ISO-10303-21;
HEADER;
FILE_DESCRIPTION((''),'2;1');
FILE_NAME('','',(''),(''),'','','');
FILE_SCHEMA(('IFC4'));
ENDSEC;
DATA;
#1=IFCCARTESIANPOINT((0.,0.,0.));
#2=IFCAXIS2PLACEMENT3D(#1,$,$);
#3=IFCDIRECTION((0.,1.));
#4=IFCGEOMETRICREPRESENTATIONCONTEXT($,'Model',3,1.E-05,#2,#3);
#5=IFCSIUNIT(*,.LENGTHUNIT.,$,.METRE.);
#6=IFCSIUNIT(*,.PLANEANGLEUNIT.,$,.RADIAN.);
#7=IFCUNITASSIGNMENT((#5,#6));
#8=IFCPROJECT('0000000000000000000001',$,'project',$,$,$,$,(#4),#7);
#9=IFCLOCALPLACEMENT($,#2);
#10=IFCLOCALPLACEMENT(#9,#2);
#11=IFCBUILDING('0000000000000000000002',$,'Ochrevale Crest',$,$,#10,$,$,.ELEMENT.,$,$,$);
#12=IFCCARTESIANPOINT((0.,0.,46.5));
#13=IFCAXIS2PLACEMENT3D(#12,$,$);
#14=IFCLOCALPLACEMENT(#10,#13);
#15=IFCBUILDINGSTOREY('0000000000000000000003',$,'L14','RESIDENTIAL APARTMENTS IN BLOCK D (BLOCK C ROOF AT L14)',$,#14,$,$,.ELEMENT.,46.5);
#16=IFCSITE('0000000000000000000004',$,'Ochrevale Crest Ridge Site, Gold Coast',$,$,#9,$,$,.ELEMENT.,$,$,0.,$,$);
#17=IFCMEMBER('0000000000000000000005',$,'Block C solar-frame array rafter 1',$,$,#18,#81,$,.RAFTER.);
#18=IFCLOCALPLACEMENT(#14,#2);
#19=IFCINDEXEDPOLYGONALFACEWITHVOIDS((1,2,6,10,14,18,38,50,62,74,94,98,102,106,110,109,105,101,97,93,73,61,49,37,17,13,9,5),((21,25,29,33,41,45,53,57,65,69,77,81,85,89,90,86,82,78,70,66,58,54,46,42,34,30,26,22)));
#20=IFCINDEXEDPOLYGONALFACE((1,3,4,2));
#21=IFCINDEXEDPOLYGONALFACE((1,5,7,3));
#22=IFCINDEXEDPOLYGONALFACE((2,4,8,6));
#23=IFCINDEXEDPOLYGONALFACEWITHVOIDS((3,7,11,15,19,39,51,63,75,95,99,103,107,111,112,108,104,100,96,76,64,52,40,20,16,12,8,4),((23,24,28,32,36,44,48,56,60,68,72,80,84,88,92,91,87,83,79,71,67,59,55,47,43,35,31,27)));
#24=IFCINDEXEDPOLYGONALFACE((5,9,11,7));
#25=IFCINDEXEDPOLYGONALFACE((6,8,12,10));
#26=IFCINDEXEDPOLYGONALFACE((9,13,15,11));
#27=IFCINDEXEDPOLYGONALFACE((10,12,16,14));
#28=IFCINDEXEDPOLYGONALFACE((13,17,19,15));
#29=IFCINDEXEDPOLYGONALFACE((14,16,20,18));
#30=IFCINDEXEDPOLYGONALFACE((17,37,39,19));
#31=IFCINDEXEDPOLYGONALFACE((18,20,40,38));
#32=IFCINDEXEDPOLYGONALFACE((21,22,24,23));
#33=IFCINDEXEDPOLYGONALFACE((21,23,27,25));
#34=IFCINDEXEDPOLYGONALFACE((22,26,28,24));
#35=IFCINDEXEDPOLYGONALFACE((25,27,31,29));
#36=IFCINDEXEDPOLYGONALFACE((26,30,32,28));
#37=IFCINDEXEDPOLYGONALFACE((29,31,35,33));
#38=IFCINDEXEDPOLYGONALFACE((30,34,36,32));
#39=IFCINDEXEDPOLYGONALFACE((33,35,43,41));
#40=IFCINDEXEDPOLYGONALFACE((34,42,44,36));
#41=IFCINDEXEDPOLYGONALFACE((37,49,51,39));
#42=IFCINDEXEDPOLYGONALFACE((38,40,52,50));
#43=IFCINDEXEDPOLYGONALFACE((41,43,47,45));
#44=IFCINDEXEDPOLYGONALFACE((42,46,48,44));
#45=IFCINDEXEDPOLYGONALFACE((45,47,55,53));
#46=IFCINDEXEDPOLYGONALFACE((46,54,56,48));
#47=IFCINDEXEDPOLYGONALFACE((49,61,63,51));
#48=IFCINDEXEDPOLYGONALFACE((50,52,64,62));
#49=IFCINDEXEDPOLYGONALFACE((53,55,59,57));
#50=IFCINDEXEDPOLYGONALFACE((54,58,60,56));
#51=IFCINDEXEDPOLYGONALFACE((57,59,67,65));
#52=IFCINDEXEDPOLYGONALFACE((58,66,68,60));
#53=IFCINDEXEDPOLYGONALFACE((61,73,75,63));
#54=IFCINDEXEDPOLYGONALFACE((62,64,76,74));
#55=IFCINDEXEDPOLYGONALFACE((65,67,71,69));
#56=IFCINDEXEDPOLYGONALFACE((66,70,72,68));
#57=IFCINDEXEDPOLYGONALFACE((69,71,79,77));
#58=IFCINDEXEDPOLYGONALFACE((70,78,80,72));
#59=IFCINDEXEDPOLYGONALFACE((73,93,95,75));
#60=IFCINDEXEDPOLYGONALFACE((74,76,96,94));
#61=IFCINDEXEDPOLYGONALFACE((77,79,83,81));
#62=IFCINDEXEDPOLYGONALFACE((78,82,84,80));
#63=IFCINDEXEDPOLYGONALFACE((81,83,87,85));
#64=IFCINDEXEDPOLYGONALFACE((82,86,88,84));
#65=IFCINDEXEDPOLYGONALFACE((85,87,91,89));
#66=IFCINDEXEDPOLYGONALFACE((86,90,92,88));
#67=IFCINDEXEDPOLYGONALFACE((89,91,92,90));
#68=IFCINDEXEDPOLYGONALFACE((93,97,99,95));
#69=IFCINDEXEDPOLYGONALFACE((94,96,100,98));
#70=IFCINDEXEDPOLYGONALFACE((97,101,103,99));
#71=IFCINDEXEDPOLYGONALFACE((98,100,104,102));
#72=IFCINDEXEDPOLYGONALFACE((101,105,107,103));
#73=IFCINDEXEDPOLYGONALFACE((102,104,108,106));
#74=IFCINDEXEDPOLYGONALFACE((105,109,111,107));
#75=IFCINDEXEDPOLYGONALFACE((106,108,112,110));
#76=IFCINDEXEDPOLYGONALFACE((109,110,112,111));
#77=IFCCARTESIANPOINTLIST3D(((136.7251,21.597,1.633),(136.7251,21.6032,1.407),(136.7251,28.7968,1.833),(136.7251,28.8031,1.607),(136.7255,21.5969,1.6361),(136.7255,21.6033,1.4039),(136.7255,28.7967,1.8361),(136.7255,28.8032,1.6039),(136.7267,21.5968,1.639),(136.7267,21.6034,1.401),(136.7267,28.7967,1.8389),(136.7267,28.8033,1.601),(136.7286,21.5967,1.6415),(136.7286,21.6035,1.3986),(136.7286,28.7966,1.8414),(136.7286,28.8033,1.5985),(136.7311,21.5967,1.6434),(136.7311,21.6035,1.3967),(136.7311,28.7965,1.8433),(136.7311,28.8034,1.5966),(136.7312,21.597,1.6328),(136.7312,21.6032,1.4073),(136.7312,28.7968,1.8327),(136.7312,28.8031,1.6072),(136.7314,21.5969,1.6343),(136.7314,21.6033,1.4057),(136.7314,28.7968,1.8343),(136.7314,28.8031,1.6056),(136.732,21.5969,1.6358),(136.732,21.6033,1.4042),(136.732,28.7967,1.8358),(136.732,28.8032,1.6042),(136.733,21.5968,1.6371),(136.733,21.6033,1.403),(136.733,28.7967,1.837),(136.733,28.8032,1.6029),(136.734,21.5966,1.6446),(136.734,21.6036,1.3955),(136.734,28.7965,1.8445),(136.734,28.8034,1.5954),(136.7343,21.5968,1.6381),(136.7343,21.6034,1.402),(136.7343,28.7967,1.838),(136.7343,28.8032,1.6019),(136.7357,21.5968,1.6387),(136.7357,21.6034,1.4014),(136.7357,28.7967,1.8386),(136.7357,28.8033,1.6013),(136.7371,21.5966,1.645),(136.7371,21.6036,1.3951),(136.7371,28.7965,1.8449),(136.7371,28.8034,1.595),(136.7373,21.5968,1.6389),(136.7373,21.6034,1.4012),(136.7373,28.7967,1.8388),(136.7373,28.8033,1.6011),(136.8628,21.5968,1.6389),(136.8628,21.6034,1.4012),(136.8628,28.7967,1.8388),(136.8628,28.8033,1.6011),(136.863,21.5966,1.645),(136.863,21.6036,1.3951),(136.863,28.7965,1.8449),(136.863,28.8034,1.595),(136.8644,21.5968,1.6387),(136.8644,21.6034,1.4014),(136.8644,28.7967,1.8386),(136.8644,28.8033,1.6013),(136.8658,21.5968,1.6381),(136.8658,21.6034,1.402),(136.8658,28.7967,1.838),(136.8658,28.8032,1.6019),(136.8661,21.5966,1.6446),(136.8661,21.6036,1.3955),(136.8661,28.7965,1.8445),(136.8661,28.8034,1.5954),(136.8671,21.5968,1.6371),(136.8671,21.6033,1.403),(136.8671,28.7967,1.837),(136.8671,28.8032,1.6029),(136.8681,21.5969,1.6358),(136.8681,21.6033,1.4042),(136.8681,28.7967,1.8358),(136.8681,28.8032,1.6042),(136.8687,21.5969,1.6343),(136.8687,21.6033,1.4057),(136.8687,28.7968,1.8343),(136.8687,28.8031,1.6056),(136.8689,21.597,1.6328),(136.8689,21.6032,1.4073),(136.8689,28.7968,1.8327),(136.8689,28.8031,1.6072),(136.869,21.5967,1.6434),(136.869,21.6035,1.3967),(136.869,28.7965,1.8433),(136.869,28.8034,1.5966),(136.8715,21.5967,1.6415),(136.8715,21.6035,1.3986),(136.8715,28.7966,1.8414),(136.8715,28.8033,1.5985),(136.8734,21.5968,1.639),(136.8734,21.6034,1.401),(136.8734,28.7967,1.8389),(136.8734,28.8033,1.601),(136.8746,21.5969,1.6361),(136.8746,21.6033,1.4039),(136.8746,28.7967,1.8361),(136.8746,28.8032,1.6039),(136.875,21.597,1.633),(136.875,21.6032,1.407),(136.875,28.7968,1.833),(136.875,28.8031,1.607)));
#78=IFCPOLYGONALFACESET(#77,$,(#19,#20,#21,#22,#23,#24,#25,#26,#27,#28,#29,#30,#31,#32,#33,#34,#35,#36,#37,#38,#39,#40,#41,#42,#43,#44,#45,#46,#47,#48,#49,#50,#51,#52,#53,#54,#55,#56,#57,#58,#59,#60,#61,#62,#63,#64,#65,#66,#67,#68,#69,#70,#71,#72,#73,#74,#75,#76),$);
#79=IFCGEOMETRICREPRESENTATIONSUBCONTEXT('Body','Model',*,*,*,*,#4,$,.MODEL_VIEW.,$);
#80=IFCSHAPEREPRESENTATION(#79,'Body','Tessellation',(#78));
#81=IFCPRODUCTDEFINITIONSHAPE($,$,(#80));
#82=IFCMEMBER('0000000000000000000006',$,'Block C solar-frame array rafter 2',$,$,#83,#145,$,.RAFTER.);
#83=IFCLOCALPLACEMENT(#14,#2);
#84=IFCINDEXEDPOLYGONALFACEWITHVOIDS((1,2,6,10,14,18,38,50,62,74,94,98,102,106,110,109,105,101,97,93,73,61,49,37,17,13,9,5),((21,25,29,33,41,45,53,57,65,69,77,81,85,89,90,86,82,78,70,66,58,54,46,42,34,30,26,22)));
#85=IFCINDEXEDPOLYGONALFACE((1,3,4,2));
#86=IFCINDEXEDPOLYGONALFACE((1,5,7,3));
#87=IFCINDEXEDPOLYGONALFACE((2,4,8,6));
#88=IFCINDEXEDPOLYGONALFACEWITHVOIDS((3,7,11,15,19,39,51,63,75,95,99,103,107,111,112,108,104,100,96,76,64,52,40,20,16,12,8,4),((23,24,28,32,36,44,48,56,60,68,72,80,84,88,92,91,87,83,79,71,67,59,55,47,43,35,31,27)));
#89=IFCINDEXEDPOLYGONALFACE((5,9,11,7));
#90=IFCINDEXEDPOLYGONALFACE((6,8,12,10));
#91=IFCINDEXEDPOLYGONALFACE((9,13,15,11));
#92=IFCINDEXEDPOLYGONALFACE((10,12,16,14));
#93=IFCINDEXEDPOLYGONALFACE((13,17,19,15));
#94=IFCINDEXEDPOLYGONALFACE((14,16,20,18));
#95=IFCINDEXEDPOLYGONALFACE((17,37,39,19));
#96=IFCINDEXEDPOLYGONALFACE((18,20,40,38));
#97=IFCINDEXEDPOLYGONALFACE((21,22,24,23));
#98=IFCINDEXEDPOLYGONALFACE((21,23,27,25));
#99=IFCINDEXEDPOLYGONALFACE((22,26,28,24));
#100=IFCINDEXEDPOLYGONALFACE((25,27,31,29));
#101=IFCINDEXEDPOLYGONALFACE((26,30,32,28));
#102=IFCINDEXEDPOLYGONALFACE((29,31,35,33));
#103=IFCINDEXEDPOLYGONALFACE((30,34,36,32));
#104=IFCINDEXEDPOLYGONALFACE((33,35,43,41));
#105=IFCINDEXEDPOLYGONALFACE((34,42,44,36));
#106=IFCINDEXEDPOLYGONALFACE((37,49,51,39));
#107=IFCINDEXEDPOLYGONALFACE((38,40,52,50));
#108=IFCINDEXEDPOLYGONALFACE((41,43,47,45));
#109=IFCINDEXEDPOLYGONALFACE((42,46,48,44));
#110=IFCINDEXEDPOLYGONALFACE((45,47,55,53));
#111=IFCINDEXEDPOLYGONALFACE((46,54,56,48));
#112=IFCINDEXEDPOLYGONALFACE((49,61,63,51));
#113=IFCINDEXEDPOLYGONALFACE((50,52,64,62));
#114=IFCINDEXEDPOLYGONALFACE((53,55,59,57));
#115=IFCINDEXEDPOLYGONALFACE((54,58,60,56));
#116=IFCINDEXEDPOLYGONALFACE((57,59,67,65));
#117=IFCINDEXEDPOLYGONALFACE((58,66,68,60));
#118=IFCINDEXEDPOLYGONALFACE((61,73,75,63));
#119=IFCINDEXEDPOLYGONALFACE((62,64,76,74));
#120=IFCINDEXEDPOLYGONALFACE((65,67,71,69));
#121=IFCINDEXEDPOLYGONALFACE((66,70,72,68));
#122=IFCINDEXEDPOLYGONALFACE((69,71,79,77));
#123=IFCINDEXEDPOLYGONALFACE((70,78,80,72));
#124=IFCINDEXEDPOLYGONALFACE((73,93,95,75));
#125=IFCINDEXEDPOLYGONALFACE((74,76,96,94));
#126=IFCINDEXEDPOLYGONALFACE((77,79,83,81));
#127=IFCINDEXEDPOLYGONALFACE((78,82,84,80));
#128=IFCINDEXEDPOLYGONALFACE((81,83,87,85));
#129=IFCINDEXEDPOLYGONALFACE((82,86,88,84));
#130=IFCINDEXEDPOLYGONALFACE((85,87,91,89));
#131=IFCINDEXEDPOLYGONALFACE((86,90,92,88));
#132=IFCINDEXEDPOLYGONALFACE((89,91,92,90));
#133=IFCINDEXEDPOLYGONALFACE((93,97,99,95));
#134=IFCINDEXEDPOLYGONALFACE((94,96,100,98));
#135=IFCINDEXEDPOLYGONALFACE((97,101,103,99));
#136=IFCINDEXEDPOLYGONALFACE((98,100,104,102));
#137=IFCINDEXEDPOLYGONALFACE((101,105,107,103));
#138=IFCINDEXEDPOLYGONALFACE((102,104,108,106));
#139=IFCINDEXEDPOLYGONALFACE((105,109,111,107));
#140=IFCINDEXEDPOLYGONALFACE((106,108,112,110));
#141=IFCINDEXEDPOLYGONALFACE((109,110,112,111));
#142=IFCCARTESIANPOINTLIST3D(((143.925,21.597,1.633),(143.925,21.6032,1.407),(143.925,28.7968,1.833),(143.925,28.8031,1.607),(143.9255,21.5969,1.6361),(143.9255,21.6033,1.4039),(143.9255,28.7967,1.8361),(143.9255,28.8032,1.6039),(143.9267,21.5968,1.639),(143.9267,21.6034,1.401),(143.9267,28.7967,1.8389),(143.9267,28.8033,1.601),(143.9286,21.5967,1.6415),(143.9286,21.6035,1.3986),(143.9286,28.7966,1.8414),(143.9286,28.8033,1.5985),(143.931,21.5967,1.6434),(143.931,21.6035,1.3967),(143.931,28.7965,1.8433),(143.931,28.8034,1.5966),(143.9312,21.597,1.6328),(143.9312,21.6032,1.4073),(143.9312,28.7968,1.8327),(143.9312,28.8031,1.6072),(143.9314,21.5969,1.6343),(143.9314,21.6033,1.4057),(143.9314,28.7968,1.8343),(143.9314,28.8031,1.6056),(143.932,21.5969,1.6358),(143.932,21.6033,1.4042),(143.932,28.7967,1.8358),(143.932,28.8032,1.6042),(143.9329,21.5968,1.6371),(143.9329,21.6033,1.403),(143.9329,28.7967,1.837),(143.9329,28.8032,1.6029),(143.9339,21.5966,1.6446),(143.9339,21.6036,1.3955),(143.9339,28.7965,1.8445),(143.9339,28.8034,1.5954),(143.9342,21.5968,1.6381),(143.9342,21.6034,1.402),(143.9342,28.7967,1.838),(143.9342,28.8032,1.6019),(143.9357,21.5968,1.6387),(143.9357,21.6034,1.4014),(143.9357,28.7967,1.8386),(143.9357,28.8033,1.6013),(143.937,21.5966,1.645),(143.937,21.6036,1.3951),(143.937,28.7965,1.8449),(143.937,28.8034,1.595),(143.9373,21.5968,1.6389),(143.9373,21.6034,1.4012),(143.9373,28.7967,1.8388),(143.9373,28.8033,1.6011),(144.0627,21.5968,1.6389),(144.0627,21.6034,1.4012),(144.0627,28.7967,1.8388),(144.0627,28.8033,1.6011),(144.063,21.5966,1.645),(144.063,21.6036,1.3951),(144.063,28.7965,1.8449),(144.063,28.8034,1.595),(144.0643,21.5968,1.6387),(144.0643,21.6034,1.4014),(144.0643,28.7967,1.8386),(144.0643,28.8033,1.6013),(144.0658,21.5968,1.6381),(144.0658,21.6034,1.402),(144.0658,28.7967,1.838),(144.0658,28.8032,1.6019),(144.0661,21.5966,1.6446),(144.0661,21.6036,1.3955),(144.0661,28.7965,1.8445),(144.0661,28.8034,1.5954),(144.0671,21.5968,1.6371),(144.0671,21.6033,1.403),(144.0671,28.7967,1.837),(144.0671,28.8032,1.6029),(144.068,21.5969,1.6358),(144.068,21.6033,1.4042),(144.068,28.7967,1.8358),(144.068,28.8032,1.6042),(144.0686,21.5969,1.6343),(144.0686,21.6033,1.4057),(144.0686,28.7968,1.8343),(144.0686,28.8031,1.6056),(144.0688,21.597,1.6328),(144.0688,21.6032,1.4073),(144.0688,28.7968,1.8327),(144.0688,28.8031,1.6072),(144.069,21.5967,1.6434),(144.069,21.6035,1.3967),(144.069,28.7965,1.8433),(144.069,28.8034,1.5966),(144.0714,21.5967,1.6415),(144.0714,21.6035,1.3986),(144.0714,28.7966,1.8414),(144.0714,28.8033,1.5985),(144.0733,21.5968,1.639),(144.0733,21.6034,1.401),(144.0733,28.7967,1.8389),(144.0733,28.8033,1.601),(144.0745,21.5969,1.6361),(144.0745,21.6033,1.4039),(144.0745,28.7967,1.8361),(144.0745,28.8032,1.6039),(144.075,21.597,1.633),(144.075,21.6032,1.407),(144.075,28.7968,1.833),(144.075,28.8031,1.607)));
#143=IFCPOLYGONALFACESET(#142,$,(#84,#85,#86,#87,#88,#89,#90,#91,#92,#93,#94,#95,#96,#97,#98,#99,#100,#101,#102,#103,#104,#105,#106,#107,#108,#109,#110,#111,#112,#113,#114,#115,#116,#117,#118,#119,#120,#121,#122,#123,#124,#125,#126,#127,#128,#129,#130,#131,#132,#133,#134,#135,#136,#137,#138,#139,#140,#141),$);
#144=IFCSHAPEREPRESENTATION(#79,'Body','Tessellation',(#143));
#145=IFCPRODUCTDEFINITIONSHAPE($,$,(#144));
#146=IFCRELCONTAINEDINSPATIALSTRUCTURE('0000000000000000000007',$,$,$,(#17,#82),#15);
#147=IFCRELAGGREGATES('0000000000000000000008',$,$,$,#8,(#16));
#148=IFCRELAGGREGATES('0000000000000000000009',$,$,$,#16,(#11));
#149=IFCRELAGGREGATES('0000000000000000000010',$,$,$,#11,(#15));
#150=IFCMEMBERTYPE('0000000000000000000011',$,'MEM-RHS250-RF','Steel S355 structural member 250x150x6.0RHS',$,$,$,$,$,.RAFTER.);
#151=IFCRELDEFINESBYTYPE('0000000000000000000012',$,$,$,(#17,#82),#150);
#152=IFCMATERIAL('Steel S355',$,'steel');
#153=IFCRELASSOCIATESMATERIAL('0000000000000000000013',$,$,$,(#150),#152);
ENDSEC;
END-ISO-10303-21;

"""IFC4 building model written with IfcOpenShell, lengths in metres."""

from ifc_helpers import new_model, si_unit, direction, frame, origin, origin_2d, place, context, subcontext, project, spatial, hollow_rectangle, extrude, material, material_profile, profile_set, type_object, element, save


model = new_model("IFC4")

# Units and contexts
model_context = context("Model", 3, precision=1e-05, world=origin(), true_north=direction((0.0, 1.0)))
body_context = subcontext(model_context, "Body", "Model", "MODEL_VIEW")
ifc_project = project(units=[si_unit("LENGTHUNIT", "METRE"), si_unit("PLANEANGLEUNIT", "RADIAN")], contexts=[model_context])

# Site, building, storey
site_placement = place(None, origin())
site = spatial("IfcSite", under=ifc_project, at=site_placement, Name="Ochrevale Crest Ridge Site, Gold Coast", CompositionType="ELEMENT", RefElevation=0.0)
building_placement = place(site_placement, origin())
building = spatial("IfcBuilding", under=site, at=building_placement, Name="Ochrevale Crest", CompositionType="ELEMENT")
storey_placement = place(building_placement, frame((0.0, 0.0, 46.5)))
storey = spatial("IfcBuildingStorey", under=building, at=storey_placement, Name="L14", Description="RESIDENTIAL APARTMENTS IN BLOCK D (BLOCK C ROOF AT L14)", CompositionType="ELEMENT", Elevation=46.5)

# Shared definitions
ifc_material_1 = material(Name="Steel S355", Category="steel")

# Members
ifc_material_profile_1 = material_profile(ifc_material_1, hollow_rectangle(XDim=0.1499, YDim=0.25, WallThickness=0.0061, InnerFilletRadius=0.0061, OuterFilletRadius=0.012, at=origin_2d()), Name="250x150x6.0RHS")
ifc_profile_set_1 = profile_set([ifc_material_profile_1], Name="Steel S355")
member_type_1 = type_object("IfcMemberType", Name="MEM-RHS250-RF", Description="Steel S355 structural member 250x150x6.0RHS", PredefinedType="RAFTER", material=ifc_profile_set_1)
for number, where, z_axis, x_axis, name in (
    (1, (136.8, 21.6001, 1.52), (0.0, 0.999615, 0.02776), (-1.0, 0.0, 0.0), "Block C solar-frame array rafter 1"),
    (2, (144.0, 21.6001, 1.52), (0.0, 0.999615, 0.02776), (-1.0, 0.0, 0.0), "Block C solar-frame array rafter 2"),
):
    element("IfcMember", number, at=place(storey_placement, frame(where, z_axis=z_axis, x_axis=x_axis)), inside=storey, type_object=member_type_1, Name=name, PredefinedType="RAFTER", context=body_context, shape_type="SweptSolid", body=[
        extrude(hollow_rectangle(XDim=0.1499, YDim=0.25, WallThickness=0.0061, InnerFilletRadius=0.0061, OuterFilletRadius=0.012, at=origin_2d()), origin(), (0.0, 0.0, 1.0), 7.2026),
    ])

save(model, "model.ifc")
